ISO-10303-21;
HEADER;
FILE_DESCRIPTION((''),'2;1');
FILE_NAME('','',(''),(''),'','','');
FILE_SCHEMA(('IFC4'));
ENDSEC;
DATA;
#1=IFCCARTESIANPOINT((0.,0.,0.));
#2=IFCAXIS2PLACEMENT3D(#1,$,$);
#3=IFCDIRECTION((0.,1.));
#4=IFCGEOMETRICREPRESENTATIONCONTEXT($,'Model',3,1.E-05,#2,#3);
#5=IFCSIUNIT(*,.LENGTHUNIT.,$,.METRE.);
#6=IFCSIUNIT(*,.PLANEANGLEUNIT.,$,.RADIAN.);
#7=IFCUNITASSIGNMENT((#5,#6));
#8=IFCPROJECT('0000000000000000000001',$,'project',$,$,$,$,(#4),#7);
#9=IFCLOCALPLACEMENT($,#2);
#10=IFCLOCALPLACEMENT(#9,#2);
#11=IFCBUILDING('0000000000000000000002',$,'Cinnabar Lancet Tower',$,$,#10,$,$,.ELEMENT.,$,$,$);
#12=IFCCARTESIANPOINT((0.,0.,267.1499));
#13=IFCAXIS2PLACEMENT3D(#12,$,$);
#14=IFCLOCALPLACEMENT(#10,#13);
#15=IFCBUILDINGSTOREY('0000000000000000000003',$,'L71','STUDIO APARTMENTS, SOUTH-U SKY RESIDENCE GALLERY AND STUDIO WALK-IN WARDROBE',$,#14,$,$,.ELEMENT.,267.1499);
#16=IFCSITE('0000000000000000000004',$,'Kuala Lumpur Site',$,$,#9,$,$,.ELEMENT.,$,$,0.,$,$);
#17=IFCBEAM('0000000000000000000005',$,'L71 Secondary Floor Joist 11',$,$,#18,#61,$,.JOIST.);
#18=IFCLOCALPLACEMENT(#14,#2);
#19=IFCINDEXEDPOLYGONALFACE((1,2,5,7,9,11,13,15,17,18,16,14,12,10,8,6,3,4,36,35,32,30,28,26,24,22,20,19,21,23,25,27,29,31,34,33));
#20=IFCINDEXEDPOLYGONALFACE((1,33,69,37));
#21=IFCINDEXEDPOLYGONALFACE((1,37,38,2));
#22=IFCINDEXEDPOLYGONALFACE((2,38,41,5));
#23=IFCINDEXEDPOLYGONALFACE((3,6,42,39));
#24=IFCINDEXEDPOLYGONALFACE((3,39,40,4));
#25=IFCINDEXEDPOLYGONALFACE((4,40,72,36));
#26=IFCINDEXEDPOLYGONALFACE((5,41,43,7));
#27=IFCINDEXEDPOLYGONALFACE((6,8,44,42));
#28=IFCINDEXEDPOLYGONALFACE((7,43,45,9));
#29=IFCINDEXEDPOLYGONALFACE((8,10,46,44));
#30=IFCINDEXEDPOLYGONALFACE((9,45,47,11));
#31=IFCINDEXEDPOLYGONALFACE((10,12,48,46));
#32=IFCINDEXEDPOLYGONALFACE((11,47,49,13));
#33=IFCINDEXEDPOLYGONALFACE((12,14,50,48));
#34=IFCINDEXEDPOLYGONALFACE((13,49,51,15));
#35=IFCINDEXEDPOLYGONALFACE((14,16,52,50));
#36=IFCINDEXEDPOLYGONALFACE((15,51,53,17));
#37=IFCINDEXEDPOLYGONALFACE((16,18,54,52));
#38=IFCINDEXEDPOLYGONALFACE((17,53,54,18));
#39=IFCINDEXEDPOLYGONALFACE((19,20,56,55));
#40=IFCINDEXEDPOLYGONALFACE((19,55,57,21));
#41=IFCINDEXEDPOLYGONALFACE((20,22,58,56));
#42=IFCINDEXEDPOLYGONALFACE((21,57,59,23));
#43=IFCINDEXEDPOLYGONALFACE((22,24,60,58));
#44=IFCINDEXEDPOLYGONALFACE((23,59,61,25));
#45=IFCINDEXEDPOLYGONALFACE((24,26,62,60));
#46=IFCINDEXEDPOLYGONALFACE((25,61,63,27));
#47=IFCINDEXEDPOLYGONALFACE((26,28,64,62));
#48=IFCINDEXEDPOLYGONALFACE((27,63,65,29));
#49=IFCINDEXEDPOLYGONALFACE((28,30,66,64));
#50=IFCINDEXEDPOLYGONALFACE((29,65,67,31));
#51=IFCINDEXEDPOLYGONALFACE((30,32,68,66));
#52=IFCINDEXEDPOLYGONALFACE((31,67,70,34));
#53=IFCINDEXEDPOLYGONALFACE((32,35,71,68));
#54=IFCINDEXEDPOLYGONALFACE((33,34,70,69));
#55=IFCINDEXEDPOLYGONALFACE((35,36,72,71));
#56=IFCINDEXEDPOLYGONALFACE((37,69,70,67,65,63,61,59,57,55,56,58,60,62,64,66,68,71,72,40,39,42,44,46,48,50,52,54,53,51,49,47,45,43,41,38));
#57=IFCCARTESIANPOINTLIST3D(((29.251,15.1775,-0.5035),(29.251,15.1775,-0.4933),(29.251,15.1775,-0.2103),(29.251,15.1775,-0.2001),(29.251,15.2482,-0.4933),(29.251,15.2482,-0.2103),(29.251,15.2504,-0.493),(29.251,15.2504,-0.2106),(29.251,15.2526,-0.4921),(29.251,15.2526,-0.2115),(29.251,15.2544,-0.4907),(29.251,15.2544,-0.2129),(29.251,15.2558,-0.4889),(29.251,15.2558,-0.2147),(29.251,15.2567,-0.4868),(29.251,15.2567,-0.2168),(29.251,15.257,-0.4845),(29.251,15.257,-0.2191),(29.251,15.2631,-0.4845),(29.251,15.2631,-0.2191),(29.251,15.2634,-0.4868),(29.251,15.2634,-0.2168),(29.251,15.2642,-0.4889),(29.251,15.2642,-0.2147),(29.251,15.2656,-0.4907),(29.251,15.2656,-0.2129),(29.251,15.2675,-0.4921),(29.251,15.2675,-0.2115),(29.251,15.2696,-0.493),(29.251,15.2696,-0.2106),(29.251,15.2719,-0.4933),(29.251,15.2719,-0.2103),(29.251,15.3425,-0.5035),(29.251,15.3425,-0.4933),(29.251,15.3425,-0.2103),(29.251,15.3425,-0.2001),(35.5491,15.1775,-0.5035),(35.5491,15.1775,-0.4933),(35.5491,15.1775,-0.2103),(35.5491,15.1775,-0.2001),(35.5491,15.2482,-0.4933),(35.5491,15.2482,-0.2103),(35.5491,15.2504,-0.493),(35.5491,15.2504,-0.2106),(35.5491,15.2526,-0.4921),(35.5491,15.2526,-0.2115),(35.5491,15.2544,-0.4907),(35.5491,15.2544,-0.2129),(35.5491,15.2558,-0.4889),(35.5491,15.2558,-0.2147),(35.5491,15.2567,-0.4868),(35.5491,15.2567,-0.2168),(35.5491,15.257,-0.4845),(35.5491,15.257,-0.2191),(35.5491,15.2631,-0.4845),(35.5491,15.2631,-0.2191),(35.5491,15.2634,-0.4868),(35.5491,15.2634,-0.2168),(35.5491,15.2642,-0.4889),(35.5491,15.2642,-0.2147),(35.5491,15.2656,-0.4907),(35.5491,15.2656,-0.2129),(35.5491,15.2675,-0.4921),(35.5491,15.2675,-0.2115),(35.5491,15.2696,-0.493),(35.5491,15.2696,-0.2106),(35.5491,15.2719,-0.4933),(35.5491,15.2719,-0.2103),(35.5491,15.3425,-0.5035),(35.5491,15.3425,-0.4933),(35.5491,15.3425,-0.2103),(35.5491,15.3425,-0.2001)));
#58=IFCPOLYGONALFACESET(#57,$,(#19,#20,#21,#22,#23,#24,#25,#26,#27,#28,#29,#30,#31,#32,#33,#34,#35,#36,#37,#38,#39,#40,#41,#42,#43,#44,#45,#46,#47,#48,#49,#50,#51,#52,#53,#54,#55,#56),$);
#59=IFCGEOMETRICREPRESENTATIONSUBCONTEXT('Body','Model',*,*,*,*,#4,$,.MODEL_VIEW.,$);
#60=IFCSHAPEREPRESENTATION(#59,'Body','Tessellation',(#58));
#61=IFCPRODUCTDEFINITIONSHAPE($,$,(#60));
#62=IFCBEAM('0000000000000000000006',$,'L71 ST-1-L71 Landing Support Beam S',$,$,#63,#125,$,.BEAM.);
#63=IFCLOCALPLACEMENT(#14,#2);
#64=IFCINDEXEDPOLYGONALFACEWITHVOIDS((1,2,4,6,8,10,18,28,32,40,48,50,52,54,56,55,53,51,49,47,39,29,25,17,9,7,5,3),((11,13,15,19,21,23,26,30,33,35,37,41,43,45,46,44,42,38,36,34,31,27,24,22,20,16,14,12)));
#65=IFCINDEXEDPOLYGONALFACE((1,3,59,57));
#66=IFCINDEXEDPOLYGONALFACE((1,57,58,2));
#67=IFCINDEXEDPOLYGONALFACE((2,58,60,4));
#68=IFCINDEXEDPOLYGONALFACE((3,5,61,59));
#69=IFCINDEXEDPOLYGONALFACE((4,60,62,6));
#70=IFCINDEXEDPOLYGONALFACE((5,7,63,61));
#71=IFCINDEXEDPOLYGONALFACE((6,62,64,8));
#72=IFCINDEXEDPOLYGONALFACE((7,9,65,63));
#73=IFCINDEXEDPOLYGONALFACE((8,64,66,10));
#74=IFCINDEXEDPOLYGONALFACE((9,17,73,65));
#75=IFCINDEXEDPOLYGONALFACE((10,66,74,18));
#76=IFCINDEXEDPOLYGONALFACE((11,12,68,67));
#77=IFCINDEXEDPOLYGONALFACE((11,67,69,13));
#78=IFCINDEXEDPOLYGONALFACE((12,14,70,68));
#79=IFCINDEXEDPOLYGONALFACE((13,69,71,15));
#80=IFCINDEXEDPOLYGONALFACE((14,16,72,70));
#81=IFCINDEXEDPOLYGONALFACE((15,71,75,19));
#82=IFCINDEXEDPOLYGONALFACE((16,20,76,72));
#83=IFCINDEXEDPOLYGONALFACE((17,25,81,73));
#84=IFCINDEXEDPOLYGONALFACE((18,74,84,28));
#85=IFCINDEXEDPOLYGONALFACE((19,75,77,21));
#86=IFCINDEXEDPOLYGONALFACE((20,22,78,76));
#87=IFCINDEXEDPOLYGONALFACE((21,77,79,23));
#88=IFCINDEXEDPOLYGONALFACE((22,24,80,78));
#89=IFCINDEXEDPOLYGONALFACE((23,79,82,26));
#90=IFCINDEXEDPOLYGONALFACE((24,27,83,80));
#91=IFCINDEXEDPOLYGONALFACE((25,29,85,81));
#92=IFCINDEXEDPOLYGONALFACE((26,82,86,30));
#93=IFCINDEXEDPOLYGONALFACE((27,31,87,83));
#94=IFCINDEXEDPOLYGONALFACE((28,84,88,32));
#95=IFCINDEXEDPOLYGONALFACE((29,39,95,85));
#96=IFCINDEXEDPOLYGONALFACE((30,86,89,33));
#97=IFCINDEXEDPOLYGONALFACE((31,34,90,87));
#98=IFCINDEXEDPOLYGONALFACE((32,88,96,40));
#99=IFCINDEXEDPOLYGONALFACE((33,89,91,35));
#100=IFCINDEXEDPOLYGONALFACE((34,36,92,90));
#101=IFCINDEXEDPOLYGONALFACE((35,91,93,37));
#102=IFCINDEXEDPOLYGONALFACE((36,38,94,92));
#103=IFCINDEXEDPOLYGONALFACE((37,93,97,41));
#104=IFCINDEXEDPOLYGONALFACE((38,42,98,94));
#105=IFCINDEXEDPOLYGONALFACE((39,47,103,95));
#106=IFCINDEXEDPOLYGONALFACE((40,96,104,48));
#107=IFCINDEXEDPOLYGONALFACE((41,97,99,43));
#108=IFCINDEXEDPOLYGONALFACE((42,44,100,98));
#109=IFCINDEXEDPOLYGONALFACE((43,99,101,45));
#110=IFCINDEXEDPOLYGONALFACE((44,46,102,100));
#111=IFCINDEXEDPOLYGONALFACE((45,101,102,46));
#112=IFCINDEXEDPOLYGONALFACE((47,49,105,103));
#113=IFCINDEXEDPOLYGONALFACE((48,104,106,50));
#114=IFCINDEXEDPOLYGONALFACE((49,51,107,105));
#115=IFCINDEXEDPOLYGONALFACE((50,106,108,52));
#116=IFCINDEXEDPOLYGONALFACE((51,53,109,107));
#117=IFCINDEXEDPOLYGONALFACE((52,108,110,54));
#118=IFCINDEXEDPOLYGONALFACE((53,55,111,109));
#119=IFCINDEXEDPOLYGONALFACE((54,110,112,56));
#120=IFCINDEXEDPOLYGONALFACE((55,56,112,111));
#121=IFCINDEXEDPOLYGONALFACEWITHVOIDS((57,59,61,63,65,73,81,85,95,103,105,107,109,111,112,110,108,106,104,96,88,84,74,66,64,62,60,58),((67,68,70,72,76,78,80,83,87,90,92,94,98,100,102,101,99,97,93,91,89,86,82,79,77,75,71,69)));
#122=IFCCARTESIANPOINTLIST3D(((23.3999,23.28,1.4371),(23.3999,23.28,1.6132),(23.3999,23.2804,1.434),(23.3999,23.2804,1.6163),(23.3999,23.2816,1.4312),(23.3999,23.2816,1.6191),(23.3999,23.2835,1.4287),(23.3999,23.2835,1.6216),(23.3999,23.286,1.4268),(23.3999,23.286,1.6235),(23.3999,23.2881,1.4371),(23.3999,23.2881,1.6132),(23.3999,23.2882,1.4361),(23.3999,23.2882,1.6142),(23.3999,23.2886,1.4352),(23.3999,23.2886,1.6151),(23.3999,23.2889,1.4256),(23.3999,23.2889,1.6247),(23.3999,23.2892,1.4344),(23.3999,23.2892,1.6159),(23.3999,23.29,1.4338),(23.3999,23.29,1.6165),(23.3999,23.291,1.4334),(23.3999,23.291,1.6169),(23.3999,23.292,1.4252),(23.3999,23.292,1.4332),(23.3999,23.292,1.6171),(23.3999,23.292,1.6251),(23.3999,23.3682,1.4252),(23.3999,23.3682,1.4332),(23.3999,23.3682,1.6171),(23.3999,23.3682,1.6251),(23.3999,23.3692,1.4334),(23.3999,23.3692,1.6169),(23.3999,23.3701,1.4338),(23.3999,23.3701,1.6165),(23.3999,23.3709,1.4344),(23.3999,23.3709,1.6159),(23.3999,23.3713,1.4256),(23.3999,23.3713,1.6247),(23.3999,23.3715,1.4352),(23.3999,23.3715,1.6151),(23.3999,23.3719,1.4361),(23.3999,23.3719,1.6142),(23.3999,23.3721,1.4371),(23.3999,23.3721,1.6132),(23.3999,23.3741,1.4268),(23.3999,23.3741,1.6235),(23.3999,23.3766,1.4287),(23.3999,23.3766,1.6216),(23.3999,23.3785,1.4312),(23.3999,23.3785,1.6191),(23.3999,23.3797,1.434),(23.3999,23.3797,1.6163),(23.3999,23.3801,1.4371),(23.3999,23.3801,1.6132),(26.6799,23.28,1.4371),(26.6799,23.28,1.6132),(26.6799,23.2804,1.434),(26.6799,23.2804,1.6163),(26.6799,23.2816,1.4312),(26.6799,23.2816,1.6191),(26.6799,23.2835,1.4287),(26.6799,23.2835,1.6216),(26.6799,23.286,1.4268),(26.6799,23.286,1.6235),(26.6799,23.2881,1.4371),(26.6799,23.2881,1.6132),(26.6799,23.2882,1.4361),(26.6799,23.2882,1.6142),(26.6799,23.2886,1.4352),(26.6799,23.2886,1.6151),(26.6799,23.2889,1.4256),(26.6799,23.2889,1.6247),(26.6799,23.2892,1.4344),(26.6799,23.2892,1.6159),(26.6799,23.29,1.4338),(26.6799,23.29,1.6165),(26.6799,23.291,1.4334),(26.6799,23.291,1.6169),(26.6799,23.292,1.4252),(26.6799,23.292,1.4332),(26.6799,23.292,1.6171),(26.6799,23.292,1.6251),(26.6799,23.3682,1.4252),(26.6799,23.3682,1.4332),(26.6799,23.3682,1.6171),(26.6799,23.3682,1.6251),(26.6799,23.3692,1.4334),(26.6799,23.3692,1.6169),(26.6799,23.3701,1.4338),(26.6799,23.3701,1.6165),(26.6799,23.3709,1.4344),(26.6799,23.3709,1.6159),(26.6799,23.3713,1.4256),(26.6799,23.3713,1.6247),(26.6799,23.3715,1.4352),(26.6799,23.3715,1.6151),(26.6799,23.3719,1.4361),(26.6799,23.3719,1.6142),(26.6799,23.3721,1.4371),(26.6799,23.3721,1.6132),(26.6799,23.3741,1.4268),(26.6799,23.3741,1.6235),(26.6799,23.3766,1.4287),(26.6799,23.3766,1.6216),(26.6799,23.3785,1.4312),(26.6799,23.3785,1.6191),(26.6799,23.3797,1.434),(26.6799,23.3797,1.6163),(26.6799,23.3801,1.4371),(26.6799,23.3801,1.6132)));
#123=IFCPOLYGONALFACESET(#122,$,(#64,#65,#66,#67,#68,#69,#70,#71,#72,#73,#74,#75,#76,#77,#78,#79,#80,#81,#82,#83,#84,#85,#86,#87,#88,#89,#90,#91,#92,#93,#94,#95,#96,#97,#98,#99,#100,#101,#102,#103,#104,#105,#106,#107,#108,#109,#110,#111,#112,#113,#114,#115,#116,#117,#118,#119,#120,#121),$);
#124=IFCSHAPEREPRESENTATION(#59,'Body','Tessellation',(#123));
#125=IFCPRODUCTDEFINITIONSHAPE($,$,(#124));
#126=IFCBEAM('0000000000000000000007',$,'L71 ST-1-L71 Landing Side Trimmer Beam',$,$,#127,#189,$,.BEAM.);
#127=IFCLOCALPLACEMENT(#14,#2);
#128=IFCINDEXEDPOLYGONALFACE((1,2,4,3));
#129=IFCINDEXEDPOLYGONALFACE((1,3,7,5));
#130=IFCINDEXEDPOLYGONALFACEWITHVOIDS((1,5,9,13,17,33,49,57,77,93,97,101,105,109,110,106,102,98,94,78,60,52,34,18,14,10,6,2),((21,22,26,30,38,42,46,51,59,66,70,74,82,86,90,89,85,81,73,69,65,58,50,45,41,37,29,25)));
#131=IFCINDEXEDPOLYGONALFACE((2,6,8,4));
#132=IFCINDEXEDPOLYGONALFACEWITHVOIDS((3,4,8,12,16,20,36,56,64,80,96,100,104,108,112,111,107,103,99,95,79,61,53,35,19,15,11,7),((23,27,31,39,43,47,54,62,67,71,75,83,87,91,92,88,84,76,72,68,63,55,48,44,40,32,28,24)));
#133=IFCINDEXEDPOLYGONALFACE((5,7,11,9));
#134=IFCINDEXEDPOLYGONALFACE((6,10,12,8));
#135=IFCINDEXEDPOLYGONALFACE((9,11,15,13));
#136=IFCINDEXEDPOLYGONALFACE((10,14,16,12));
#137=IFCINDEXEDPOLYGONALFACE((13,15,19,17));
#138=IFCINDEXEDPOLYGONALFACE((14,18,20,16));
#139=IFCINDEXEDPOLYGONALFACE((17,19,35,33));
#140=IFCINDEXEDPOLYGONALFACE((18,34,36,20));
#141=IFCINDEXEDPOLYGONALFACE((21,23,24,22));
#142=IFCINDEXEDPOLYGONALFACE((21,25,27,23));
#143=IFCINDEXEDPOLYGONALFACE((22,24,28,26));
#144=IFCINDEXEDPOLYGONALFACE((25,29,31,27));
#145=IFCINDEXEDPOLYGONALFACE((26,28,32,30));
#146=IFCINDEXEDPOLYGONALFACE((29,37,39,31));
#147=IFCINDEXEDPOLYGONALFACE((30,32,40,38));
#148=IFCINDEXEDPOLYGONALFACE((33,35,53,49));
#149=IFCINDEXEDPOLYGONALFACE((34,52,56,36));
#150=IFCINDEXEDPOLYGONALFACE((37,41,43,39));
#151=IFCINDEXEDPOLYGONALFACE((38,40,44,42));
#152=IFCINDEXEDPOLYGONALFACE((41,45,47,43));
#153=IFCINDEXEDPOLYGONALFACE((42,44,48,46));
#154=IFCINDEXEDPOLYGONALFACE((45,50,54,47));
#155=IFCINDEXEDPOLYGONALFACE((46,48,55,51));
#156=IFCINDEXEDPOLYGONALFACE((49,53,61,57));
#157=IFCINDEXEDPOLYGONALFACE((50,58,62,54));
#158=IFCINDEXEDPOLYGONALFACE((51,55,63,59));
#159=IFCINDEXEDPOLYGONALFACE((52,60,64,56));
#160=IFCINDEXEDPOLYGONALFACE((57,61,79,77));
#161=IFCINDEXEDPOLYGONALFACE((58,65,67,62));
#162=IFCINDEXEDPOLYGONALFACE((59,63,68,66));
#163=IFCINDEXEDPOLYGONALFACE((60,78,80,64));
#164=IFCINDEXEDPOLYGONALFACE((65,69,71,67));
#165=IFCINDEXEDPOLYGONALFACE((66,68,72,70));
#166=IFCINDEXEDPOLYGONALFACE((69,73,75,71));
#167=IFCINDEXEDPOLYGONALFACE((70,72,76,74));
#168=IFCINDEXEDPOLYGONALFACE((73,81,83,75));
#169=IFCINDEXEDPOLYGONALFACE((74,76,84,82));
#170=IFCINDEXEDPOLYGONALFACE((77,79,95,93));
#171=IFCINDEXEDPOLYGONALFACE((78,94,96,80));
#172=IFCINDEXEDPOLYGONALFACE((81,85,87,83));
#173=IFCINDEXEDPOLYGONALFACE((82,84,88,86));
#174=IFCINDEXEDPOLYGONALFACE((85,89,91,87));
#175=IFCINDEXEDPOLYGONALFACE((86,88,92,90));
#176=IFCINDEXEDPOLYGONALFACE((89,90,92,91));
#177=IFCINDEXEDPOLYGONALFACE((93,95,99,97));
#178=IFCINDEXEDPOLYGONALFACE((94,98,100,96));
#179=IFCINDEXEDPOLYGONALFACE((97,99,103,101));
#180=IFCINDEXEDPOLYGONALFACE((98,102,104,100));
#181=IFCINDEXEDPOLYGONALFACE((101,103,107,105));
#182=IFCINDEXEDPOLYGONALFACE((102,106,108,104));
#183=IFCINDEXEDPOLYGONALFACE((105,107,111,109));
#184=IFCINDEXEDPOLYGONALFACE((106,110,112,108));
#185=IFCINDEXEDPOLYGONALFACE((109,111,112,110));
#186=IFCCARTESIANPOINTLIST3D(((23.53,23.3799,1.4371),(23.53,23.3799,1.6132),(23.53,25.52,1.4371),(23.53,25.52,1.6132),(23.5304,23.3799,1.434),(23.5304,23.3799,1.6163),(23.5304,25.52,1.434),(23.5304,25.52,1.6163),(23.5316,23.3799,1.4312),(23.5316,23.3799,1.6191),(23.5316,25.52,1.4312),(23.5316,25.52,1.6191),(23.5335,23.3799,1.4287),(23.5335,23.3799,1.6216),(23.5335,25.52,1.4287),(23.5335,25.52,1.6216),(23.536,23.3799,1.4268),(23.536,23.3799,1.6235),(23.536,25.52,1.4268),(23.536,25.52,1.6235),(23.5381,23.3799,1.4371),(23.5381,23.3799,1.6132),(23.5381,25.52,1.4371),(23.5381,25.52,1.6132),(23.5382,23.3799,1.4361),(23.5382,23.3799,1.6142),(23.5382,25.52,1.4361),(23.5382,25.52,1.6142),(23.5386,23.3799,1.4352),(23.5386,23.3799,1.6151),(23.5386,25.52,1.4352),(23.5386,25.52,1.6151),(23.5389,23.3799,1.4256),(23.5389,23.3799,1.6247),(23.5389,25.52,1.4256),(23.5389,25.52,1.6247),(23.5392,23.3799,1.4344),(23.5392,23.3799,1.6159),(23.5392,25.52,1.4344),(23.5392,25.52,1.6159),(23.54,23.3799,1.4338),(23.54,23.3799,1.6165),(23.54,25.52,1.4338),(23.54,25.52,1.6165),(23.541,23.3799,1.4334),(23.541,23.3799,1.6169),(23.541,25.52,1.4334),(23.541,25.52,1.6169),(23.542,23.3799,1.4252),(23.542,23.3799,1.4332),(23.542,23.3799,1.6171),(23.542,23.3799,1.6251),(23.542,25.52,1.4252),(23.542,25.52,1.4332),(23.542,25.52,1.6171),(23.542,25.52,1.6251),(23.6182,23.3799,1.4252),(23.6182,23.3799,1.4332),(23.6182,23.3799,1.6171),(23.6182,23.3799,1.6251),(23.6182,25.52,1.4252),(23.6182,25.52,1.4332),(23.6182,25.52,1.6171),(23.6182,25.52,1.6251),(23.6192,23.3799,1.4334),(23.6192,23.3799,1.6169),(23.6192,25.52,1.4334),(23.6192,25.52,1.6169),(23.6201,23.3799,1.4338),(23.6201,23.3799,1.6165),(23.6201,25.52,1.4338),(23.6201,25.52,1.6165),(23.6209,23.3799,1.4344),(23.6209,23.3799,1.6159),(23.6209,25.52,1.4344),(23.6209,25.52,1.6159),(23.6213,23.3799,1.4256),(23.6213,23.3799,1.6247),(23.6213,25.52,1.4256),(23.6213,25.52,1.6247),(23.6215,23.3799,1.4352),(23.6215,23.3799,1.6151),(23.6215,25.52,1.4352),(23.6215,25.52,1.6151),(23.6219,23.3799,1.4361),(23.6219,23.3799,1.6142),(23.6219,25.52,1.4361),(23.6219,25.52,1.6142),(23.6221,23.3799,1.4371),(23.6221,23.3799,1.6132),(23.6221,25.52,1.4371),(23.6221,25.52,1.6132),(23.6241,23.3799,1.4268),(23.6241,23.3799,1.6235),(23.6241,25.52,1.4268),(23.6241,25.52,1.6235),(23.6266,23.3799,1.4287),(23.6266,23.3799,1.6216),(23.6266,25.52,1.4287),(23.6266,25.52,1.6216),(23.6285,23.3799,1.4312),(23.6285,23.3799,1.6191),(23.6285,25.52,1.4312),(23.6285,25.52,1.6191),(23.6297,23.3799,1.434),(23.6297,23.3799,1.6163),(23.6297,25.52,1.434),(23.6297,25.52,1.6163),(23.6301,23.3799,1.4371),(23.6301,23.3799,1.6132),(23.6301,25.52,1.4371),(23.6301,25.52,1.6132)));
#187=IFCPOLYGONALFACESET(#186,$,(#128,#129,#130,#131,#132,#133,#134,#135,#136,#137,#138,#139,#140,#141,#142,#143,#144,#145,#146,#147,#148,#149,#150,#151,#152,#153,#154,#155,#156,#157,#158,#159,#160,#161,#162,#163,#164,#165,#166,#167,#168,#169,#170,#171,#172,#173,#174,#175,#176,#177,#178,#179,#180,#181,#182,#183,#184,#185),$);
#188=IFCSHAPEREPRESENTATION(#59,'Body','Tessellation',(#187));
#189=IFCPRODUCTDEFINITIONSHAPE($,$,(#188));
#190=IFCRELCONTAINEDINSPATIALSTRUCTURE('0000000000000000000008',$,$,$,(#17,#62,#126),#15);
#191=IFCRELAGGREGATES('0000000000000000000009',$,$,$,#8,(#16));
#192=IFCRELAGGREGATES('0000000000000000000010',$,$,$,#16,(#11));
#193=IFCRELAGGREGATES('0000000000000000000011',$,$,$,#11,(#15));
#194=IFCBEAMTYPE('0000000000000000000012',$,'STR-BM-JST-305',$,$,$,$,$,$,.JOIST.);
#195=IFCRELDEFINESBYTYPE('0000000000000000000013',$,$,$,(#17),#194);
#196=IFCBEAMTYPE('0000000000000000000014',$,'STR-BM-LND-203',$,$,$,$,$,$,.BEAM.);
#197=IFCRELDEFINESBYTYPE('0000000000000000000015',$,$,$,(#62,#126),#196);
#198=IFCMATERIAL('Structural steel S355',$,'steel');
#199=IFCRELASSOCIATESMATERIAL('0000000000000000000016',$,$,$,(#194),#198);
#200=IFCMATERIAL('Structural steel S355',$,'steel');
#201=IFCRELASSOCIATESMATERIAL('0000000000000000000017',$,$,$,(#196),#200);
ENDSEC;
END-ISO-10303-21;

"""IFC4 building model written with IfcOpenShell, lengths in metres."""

from ifc_helpers import new_model, si_unit, direction, frame, origin, origin_2d, place, context, subcontext, project, spatial, hollow_rectangle, i_section, extrude, material, material_profile, profile_set, type_object, element, save


model = new_model("IFC4")

# Units and contexts
model_context = context("Model", 3, precision=1e-05, world=origin(), true_north=direction((0.0, 1.0)))
body_context = subcontext(model_context, "Body", "Model", "MODEL_VIEW")
ifc_project = project(units=[si_unit("LENGTHUNIT", "METRE"), si_unit("PLANEANGLEUNIT", "RADIAN")], contexts=[model_context])

# Site, building, storey
site_placement = place(None, origin())
site = spatial("IfcSite", under=ifc_project, at=site_placement, Name="Kuala Lumpur Site", CompositionType="ELEMENT", RefElevation=0.0)
building_placement = place(site_placement, origin())
building = spatial("IfcBuilding", under=site, at=building_placement, Name="Cinnabar Lancet Tower", CompositionType="ELEMENT")
storey_placement = place(building_placement, frame((0.0, 0.0, 267.1499)))
storey = spatial("IfcBuildingStorey", under=building, at=storey_placement, Name="L71", Description="STUDIO APARTMENTS, SOUTH-U SKY RESIDENCE GALLERY AND STUDIO WALK-IN WARDROBE", CompositionType="ELEMENT", Elevation=267.1499)

# Beams
ifc_material_1 = material(Name="Structural steel S355", Category="steel")
ifc_material_profile_1 = material_profile(ifc_material_1, i_section(OverallWidth=0.165, OverallDepth=0.3035, WebThickness=0.0061, FlangeThickness=0.0103, FilletRadius=0.0088, at=origin_2d()), Name="UKB 305x165x40")
ifc_profile_set_1 = profile_set([ifc_material_profile_1], Name="Structural steel S355")
beam_type_1 = type_object("IfcBeamType", Name="STR-BM-JST-305", PredefinedType="JOIST", material=ifc_profile_set_1)
beam_1_placement = place(storey_placement, frame((29.251, 15.26, -0.3518), z_axis=(1.0, 0.0, 0.0), x_axis=(0.0, 1.0, 0.0)))
element("IfcBeam", 1, at=beam_1_placement, inside=storey, type_object=beam_type_1, Name="L71 Secondary Floor Joist 11", PredefinedType="JOIST", context=body_context, shape_type="SweptSolid", body=[
    extrude(i_section(OverallWidth=0.165, OverallDepth=0.3035, WebThickness=0.0061, FlangeThickness=0.0103, FilletRadius=0.0088, at=origin_2d()), origin(), (0.0, 0.0, 1.0), 6.2981),
])
ifc_material_2 = material(Name="Structural steel S355", Category="steel")
ifc_material_profile_2 = material_profile(ifc_material_2, hollow_rectangle(XDim=0.1001, YDim=0.2, WallThickness=0.0081, InnerFilletRadius=0.0039, OuterFilletRadius=0.012, at=origin_2d()), Name="RHS 200x100x8")
ifc_profile_set_2 = profile_set([ifc_material_profile_2], Name="Structural steel S355")
beam_type_2 = type_object("IfcBeamType", Name="STR-BM-LND-203", PredefinedType="BEAM", material=ifc_profile_set_2)
beam_2_placement = place(storey_placement, frame((23.3999, 23.3301, 1.5251), z_axis=(1.0, 0.0, 0.0), x_axis=(0.0, 1.0, 0.0)))
element("IfcBeam", 2, at=beam_2_placement, inside=storey, type_object=beam_type_2, Name="L71 ST-1-L71 Landing Support Beam S", PredefinedType="BEAM", context=body_context, shape_type="SweptSolid", body=[
    extrude(hollow_rectangle(XDim=0.1001, YDim=0.2, WallThickness=0.0081, InnerFilletRadius=0.0039, OuterFilletRadius=0.012, at=origin_2d()), origin(), (0.0, 0.0, 1.0), 3.28),
])
beam_3_placement = place(storey_placement, frame((23.5801, 23.3799, 1.5251), z_axis=(0.0, 1.0, 0.0), x_axis=(-1.0, 0.0, 0.0)))
element("IfcBeam", 3, at=beam_3_placement, inside=storey, type_object=beam_type_2, Name="L71 ST-1-L71 Landing Side Trimmer Beam", PredefinedType="BEAM", context=body_context, shape_type="SweptSolid", body=[
    extrude(hollow_rectangle(XDim=0.1001, YDim=0.2, WallThickness=0.0081, InnerFilletRadius=0.0039, OuterFilletRadius=0.012, at=origin_2d()), origin(), (0.0, 0.0, 1.0), 2.1401),
])

save(model, "model.ifc")
